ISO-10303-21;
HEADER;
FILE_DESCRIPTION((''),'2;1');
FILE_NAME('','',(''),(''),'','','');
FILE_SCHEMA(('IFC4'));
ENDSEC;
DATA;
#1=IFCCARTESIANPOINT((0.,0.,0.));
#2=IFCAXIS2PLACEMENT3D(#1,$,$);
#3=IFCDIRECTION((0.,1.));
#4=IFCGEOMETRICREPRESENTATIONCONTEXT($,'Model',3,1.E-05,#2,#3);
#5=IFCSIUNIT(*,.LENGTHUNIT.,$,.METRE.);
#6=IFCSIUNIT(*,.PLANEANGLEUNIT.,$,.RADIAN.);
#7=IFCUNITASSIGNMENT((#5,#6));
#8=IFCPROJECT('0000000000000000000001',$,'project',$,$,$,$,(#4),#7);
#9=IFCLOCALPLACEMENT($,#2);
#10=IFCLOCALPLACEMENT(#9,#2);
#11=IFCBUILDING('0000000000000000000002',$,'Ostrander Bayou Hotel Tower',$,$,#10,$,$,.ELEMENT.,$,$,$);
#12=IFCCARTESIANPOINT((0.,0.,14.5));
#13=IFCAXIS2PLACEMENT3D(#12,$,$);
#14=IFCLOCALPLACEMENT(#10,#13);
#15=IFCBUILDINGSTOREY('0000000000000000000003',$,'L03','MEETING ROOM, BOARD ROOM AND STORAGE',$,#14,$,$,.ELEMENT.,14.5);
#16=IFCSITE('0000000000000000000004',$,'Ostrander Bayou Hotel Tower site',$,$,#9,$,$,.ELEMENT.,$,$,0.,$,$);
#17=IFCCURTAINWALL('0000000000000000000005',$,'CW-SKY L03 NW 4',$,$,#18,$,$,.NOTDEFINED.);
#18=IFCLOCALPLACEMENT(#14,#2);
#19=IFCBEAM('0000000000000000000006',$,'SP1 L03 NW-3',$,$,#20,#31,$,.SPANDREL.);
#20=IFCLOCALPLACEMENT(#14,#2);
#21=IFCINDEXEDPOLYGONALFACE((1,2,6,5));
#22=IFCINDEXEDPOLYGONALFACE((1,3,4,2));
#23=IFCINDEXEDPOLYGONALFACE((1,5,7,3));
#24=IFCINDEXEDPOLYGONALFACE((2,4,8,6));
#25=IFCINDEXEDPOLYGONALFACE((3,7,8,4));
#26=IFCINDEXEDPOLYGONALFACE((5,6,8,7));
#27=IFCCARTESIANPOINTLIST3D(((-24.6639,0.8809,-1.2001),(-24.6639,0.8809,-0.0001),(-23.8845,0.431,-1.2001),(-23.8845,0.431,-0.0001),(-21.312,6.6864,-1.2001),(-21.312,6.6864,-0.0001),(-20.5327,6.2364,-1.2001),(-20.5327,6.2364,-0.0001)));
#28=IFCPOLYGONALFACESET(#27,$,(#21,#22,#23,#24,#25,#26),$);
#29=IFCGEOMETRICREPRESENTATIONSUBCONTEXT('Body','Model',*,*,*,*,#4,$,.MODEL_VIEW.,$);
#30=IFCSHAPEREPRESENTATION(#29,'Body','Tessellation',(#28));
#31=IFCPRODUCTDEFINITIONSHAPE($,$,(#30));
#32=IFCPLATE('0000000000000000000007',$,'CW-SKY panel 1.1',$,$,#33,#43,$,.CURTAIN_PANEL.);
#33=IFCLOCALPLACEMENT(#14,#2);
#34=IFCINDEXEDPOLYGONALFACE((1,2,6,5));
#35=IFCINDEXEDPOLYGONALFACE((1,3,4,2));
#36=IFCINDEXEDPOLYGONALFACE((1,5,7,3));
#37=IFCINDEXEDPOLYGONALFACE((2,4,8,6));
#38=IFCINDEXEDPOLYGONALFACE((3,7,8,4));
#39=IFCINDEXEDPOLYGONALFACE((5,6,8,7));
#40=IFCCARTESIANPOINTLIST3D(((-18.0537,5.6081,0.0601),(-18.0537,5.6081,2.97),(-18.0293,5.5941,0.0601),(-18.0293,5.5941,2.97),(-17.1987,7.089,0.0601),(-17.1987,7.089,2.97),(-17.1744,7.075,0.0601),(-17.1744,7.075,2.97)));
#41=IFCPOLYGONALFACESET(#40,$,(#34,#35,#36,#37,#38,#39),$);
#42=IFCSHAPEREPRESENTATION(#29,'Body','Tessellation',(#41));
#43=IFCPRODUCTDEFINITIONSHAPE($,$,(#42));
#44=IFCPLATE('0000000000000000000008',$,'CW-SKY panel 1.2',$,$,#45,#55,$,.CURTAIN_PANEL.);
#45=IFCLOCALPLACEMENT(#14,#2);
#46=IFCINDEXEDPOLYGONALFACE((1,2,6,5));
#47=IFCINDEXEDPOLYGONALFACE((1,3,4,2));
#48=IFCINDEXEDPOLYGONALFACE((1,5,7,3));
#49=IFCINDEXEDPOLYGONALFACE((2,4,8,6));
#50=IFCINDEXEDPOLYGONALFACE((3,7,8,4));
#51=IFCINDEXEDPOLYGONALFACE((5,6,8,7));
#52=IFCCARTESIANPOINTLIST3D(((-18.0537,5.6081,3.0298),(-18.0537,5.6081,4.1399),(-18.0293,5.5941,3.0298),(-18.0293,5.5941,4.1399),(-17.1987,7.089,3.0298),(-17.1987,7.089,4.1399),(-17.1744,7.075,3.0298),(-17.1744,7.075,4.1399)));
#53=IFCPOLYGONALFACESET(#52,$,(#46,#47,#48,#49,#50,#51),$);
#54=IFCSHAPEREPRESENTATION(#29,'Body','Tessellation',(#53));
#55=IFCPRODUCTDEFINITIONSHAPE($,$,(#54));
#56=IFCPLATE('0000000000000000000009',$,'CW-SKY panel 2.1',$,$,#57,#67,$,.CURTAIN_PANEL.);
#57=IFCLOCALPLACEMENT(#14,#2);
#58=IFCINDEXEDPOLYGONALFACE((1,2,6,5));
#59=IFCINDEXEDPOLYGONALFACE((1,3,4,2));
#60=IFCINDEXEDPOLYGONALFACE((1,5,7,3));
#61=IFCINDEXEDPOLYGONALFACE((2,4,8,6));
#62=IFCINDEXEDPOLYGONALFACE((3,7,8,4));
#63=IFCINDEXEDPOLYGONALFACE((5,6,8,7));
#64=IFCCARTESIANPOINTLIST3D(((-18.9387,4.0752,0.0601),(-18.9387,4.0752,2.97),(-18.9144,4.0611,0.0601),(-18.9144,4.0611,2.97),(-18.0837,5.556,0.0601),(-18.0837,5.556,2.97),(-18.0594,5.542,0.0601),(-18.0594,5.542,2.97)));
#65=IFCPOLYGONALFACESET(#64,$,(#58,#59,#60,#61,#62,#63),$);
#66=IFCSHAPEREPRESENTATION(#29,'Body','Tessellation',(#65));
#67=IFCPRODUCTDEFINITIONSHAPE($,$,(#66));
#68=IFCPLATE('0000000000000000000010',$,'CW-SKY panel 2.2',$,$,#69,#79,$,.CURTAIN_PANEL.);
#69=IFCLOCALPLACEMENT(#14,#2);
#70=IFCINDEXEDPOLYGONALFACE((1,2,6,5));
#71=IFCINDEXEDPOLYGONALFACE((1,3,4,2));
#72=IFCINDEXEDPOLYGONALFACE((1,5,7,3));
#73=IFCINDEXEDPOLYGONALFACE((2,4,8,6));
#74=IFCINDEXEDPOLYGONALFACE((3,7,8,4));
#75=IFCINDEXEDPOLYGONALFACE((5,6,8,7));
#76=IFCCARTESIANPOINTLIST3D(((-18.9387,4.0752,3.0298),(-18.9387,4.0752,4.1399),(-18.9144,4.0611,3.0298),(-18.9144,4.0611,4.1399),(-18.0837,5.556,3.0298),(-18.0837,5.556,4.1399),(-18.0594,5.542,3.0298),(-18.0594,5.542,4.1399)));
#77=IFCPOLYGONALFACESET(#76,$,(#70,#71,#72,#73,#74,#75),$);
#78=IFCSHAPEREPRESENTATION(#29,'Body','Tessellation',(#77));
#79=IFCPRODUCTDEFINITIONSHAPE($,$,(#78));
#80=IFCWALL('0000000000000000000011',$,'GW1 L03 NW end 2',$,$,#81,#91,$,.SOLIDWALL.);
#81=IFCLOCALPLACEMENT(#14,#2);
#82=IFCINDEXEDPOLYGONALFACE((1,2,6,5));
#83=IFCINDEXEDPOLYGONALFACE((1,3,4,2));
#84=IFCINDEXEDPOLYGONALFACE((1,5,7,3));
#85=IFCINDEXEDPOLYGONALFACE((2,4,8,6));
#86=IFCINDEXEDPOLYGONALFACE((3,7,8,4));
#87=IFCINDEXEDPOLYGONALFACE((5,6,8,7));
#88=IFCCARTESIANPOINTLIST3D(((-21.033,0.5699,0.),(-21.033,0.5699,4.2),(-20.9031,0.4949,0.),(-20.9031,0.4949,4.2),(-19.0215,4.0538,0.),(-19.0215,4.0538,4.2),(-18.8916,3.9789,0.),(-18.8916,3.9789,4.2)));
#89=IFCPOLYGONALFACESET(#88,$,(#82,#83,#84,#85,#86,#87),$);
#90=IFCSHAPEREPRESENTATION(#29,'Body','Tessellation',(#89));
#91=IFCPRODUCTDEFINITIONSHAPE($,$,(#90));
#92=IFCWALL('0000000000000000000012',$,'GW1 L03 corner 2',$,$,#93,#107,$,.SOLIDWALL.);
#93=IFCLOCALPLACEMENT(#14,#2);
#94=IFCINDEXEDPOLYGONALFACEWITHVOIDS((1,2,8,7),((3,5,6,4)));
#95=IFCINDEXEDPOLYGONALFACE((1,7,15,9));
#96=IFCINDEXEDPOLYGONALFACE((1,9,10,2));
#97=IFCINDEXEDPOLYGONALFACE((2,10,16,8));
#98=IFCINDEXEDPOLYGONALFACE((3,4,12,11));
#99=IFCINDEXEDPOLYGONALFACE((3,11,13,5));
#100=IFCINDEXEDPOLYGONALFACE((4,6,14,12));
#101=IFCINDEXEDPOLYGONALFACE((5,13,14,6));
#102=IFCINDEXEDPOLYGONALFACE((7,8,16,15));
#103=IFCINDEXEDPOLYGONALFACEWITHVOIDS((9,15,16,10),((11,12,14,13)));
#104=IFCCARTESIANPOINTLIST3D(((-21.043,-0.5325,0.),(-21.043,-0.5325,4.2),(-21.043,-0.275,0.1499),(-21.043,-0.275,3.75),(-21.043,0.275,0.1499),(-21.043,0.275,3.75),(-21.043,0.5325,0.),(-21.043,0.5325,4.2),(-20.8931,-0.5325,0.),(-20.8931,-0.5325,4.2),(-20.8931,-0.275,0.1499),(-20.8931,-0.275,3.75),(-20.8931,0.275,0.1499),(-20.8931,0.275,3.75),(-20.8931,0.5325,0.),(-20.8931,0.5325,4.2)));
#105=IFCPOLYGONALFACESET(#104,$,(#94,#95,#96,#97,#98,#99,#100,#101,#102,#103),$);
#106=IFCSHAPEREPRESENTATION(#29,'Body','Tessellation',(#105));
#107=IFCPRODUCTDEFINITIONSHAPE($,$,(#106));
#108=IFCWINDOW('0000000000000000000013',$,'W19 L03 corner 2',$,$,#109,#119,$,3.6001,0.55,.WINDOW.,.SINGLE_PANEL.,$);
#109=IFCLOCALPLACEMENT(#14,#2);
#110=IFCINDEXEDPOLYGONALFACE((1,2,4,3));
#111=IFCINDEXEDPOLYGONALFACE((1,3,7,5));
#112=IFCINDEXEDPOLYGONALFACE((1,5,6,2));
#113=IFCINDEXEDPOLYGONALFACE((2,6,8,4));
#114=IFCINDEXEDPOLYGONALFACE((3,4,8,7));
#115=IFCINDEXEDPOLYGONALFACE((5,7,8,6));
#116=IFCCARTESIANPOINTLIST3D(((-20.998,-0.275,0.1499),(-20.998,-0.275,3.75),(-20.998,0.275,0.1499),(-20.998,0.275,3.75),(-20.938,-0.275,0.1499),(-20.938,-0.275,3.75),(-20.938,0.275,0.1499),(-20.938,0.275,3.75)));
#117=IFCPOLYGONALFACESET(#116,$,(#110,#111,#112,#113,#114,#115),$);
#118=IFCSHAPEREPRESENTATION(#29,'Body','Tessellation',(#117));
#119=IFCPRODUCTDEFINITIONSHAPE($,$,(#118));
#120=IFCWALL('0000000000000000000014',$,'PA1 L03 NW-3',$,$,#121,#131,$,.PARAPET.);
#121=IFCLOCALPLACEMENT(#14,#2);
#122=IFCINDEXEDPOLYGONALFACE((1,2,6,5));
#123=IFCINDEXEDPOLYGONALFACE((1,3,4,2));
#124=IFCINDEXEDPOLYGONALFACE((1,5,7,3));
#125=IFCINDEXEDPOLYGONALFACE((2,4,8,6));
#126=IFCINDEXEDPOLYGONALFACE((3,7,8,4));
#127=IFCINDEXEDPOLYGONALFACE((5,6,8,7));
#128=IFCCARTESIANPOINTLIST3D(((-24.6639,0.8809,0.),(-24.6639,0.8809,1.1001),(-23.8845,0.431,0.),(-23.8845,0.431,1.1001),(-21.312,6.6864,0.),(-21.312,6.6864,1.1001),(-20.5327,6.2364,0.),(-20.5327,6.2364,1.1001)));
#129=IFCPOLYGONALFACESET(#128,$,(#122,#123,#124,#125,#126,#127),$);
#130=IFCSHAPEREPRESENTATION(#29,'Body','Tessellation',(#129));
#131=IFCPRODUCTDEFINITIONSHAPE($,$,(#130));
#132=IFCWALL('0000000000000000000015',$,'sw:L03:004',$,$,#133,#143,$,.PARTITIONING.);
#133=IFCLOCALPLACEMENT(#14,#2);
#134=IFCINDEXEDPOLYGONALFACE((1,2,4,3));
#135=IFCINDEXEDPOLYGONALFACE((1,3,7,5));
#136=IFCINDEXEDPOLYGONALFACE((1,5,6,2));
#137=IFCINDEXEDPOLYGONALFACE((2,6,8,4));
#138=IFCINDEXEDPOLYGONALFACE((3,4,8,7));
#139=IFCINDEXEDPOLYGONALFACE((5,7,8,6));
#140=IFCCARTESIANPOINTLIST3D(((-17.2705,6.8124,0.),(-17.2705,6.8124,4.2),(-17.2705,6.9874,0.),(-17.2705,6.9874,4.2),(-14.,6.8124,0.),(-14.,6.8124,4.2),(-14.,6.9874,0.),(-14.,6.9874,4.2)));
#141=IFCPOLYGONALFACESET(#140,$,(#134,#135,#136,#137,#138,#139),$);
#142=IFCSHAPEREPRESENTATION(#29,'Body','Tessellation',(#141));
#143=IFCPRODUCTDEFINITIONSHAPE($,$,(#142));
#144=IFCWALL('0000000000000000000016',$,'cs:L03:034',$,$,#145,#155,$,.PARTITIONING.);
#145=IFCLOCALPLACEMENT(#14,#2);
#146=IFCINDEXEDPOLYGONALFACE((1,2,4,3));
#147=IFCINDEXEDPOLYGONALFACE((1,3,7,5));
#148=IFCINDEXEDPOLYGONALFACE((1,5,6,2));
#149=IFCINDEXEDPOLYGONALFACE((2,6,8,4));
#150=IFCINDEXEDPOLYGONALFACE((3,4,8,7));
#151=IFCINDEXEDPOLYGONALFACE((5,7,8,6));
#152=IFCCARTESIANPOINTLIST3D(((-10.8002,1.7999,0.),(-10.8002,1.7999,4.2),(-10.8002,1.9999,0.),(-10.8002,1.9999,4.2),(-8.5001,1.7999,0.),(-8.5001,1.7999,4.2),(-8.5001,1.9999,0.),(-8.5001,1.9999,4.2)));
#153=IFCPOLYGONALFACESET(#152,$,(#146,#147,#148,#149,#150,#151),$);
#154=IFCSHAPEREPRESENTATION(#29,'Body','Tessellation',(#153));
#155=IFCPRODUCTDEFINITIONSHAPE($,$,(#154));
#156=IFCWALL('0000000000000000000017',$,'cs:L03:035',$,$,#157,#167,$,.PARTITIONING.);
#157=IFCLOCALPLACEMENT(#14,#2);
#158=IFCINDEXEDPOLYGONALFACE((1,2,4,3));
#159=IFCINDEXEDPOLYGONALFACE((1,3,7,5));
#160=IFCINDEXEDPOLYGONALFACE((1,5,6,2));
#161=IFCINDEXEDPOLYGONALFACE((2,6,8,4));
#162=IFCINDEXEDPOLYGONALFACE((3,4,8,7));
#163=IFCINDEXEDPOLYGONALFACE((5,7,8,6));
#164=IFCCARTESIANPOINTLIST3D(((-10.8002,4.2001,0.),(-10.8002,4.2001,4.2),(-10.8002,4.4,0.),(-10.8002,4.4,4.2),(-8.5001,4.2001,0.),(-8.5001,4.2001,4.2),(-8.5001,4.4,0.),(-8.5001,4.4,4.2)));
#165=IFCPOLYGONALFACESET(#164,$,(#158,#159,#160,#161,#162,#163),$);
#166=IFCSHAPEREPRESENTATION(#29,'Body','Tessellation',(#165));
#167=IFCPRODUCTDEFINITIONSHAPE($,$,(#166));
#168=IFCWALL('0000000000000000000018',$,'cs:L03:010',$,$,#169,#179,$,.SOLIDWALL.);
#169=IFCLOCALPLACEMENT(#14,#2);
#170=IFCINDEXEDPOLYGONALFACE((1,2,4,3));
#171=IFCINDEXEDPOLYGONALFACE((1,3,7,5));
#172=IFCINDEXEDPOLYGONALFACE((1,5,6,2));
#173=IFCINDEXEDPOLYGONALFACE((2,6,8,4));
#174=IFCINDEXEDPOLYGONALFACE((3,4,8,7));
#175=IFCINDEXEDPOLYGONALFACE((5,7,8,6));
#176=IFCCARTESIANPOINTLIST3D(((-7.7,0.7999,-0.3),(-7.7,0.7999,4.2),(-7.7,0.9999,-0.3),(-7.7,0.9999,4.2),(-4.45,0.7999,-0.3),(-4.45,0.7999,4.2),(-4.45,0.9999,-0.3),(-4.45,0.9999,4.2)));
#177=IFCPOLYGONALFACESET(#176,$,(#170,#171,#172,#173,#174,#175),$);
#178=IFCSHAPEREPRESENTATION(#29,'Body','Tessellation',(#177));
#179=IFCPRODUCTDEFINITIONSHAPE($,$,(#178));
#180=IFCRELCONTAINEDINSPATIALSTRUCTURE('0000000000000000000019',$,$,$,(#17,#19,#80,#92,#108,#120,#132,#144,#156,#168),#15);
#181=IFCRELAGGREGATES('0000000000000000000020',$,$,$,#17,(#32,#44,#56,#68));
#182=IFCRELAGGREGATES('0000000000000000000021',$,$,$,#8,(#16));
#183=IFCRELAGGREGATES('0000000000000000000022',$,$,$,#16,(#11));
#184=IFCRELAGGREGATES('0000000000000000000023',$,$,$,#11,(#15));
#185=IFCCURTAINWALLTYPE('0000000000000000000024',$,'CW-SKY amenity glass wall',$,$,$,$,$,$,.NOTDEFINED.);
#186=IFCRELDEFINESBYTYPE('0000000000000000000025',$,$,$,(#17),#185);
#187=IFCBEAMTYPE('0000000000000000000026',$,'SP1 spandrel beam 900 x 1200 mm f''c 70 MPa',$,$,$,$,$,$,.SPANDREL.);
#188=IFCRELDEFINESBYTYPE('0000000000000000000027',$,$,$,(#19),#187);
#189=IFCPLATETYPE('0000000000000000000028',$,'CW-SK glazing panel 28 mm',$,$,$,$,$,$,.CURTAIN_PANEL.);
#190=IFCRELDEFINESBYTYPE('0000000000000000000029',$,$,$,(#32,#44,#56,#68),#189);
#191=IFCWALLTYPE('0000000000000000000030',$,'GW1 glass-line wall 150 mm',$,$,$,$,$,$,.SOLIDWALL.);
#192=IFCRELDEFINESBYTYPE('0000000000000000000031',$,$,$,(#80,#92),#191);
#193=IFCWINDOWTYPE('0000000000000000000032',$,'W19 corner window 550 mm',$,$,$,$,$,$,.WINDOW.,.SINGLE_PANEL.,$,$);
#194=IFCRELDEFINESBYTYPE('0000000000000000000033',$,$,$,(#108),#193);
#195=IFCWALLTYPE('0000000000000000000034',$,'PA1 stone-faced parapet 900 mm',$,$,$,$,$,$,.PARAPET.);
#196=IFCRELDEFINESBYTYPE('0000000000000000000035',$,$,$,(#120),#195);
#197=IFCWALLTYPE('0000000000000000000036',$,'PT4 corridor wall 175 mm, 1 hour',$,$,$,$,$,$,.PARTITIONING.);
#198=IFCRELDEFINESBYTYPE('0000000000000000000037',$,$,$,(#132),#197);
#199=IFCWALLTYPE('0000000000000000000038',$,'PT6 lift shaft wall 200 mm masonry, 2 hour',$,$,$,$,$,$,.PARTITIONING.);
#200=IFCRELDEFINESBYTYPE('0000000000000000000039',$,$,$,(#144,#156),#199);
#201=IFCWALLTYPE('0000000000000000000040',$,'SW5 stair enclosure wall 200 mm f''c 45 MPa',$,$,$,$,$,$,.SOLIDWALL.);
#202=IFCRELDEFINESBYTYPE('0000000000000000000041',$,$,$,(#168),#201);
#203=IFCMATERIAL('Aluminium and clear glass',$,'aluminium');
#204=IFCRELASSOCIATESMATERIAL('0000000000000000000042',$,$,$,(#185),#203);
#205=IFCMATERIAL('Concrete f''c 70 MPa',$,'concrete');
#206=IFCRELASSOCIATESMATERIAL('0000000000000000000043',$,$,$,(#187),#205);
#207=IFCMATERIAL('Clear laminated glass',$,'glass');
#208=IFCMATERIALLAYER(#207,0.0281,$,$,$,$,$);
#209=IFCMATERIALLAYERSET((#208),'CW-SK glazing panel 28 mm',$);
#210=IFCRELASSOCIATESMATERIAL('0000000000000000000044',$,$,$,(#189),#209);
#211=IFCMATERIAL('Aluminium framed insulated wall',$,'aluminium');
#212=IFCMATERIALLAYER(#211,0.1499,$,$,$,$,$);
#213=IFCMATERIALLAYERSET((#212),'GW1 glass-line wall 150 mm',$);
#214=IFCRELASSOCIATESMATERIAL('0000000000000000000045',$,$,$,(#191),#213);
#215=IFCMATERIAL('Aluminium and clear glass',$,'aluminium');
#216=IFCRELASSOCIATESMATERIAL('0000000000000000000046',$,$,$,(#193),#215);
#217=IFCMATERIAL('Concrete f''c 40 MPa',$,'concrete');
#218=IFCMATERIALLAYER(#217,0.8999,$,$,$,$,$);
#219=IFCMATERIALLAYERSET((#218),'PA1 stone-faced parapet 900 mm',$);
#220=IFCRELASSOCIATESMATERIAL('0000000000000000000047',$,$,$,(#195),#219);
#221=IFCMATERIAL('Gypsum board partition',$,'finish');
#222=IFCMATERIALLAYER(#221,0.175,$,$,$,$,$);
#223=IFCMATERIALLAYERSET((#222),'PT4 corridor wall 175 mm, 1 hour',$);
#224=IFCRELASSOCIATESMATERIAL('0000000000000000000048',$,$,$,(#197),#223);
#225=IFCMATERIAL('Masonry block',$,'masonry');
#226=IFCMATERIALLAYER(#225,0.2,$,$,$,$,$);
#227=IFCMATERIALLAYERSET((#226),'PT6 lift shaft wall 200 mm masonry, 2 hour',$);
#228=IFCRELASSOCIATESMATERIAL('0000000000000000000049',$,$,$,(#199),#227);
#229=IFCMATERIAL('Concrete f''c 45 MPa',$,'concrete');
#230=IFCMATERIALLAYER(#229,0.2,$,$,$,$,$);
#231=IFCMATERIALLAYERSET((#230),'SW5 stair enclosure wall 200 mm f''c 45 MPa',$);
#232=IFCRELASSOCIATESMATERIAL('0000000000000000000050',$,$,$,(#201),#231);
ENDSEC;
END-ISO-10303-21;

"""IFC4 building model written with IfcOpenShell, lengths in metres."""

from ifc_helpers import new_model, si_unit, direction, frame, frame_2d, origin, origin_2d, place, context, subcontext, project, spatial, rectangle, extrude, material, layer, layer_set, material_profile, profile_set, type_object, element, fill, aggregate, save


model = new_model("IFC4")

# Units and contexts
model_context = context("Model", 3, precision=1e-05, world=origin(), true_north=direction((0.0, 1.0)))
body_context = subcontext(model_context, "Body", "Model", "MODEL_VIEW")
ifc_project = project(units=[si_unit("LENGTHUNIT", "METRE"), si_unit("PLANEANGLEUNIT", "RADIAN")], contexts=[model_context])

# Site, building, storey
site_placement = place(None, origin())
site = spatial("IfcSite", under=ifc_project, at=site_placement, Name="Ostrander Bayou Hotel Tower site", CompositionType="ELEMENT", RefElevation=0.0)
building_placement = place(site_placement, origin())
building = spatial("IfcBuilding", under=site, at=building_placement, Name="Ostrander Bayou Hotel Tower", CompositionType="ELEMENT")
storey_placement = place(building_placement, frame((0.0, 0.0, 14.5)))
storey = spatial("IfcBuildingStorey", under=building, at=storey_placement, Name="L03", Description="MEETING ROOM, BOARD ROOM AND STORAGE", CompositionType="ELEMENT", Elevation=14.5)

# Curtain wall
ifc_material_1 = material(Name="Aluminium and clear glass", Category="aluminium")
curtain_wall_type = type_object("IfcCurtainWallType", Name="CW-SKY amenity glass wall", PredefinedType="NOTDEFINED", material=ifc_material_1)
curtain_wall_placement = place(storey_placement, origin())
curtain_wall = element("IfcCurtainWall", 1, at=curtain_wall_placement, inside=storey, type_object=curtain_wall_type, Name="CW-SKY L03 NW 4", PredefinedType="NOTDEFINED")

# Beam
ifc_material_2 = material(Name="Concrete f'c 70 MPa", Category="concrete")
ifc_material_profile_1 = material_profile(ifc_material_2, rectangle(XDim=0.8999, YDim=1.2, at=origin_2d()))
ifc_profile_set_1 = profile_set([ifc_material_profile_1], Name="Concrete f'c 70 MPa")
beam_type_1 = type_object("IfcBeamType", Name="SP1 spandrel beam 900 x 1200 mm f'c 70 MPa", PredefinedType="SPANDREL", material=ifc_profile_set_1)
beam_1_placement = place(storey_placement, frame((-20.9224, 6.4614, -0.6001), z_axis=(-0.500005, -0.866022, 0.0), x_axis=(0.866022, -0.500005, 0.0)))
element("IfcBeam", 2, at=beam_1_placement, inside=storey, type_object=beam_type_1, Name="SP1 L03 NW-3", PredefinedType="SPANDREL", context=body_context, shape_type="SweptSolid", body=[
    extrude(rectangle(XDim=0.8999, YDim=1.2, at=origin_2d()), origin(), (0.0, 0.0, 1.0), 6.7036),
])

# Plates
ifc_material_3 = material(Name="Clear laminated glass", Category="glass")
ifc_layer_1 = layer(ifc_material_3, 0.0281)
ifc_layer_set_1 = layer_set([ifc_layer_1], Name="CW-SK glazing panel 28 mm")
plate_type = type_object("IfcPlateType", Name="CW-SK glazing panel 28 mm", PredefinedType="CURTAIN_PANEL", material=ifc_layer_set_1)
plate_1_placement = place(storey_placement, frame((-17.614, 6.3416, 0.0601), z_axis=(0.0, 0.0, 1.0), x_axis=(-0.499999, -0.866026, 0.0)))
plate_1 = element("IfcPlate", 3, at=plate_1_placement, type_object=plate_type, Name="CW-SKY panel 1.1", PredefinedType="CURTAIN_PANEL", context=body_context, shape_type="SweptSolid", body=[
    extrude(rectangle(XDim=1.71, YDim=0.0281, at=origin_2d()), origin(), (0.0, 0.0, 1.0), 2.9099),
])
plate_2_placement = place(storey_placement, frame((-17.614, 6.3416, 3.0298), z_axis=(0.0, 0.0, 1.0), x_axis=(-0.499999, -0.866026, 0.0)))
plate_2 = element("IfcPlate", 4, at=plate_2_placement, type_object=plate_type, Name="CW-SKY panel 1.2", PredefinedType="CURTAIN_PANEL", context=body_context, shape_type="SweptSolid", body=[
    extrude(rectangle(XDim=1.71, YDim=0.0281, at=origin_2d()), origin(), (0.0, 0.0, 1.0), 1.1101),
])
plate_3_placement = place(storey_placement, frame((-18.499, 4.8086, 0.0601), z_axis=(0.0, 0.0, 1.0), x_axis=(-0.499999, -0.866026, 0.0)))
plate_3 = element("IfcPlate", 5, at=plate_3_placement, type_object=plate_type, Name="CW-SKY panel 2.1", PredefinedType="CURTAIN_PANEL", context=body_context, shape_type="SweptSolid", body=[
    extrude(rectangle(XDim=1.71, YDim=0.0281, at=origin_2d()), origin(), (0.0, 0.0, 1.0), 2.9099),
])
plate_4_placement = place(storey_placement, frame((-18.499, 4.8086, 3.0298), z_axis=(0.0, 0.0, 1.0), x_axis=(-0.499999, -0.866026, 0.0)))
plate_4 = element("IfcPlate", 6, at=plate_4_placement, type_object=plate_type, Name="CW-SKY panel 2.2", PredefinedType="CURTAIN_PANEL", context=body_context, shape_type="SweptSolid", body=[
    extrude(rectangle(XDim=1.71, YDim=0.0281, at=origin_2d()), origin(), (0.0, 0.0, 1.0), 1.1101),
])
aggregate(curtain_wall, [plate_1, plate_2, plate_3, plate_4])

# Wall
ifc_material_4 = material(Name="Aluminium framed insulated wall", Category="aluminium")
ifc_layer_2 = layer(ifc_material_4, 0.1499)
ifc_layer_set_2 = layer_set([ifc_layer_2], Name="GW1 glass-line wall 150 mm")
wall_type_1 = type_object("IfcWallType", Name="GW1 glass-line wall 150 mm", PredefinedType="SOLIDWALL", material=ifc_layer_set_2)
wall_1_placement = place(storey_placement, frame((-18.9565, 4.0164, 0.0), z_axis=(0.0, 0.0, 1.0), x_axis=(-0.50001, -0.86602, 0.0)))
element("IfcWall", 7, at=wall_1_placement, inside=storey, type_object=wall_type_1, Name="GW1 L03 NW end 2", PredefinedType="SOLIDWALL", context=body_context, shape_type="SweptSolid", body=[
    extrude(rectangle(XDim=4.0229, YDim=0.1499, at=frame_2d((2.0115, 0.0))), origin(), (0.0, 0.0, 1.0), 4.2),
])

# Wall, opening, window
wall_2_placement = place(storey_placement, frame((-20.968, 0.5325, 0.0), z_axis=(0.0, 0.0, 1.0), x_axis=(0.0, -1.0, 0.0)))
wall_2 = element("IfcWall", 8, at=wall_2_placement, inside=storey, type_object=wall_type_1, Name="GW1 L03 corner 2", PredefinedType="SOLIDWALL", context=body_context, shape_type="SweptSolid", body=[
    extrude(rectangle(XDim=1.0649, YDim=0.1499, at=frame_2d((0.5325, 0.0))), origin(), (0.0, 0.0, 1.0), 4.2),
])
opening_1_placement = place(wall_2_placement, frame((0.2576, 0.0, 0.1499)))
opening_1 = element("IfcOpeningElement", 9, at=opening_1_placement, cuts=wall_2, PredefinedType="OPENING", context=body_context, shape_type="SweptSolid", body=[
    extrude(rectangle(XDim=0.55, YDim=3.6001, at=frame_2d((0.2749, 1.8))), frame((0.0, 0.075, 0.0), z_axis=(0.0, -1.0, 0.0), x_axis=(1.0, 0.0, 0.0)), (0.0, 0.0, 1.0), 0.1499),
])
ifc_material_5 = material(Name="Aluminium and clear glass", Category="aluminium")
window_type = type_object("IfcWindowType", Name="W19 corner window 550 mm", PartitioningType="SINGLE_PANEL", PredefinedType="WINDOW", material=ifc_material_5)
window_placement = place(opening_1_placement, origin())
window = element("IfcWindow", 10, at=window_placement, inside=storey, type_object=window_type, Name="W19 L03 corner 2", OverallHeight=3.6001, OverallWidth=0.55, PartitioningType="SINGLE_PANEL", PredefinedType="WINDOW", context=body_context, shape_type="SweptSolid", body=[
    extrude(rectangle(XDim=0.55, YDim=3.6001, at=frame_2d((0.2749, 1.8))), frame((0.0, 0.03, 0.0), z_axis=(0.0, -1.0, 0.0), x_axis=(1.0, 0.0, 0.0)), (0.0, 0.0, 1.0), 0.0601),
])
fill(opening_1, window)

# Wall
ifc_material_6 = material(Name="Concrete f'c 40 MPa", Category="concrete")
ifc_layer_3 = layer(ifc_material_6, 0.8999)
ifc_layer_set_3 = layer_set([ifc_layer_3], Name="PA1 stone-faced parapet 900 mm")
wall_type_2 = type_object("IfcWallType", Name="PA1 stone-faced parapet 900 mm", PredefinedType="PARAPET", material=ifc_layer_set_3)
wall_3_placement = place(storey_placement, frame((-20.9224, 6.4614, 0.0), z_axis=(0.0, 0.0, 1.0), x_axis=(-0.500005, -0.866022, 0.0)))
element("IfcWall", 11, at=wall_3_placement, inside=storey, type_object=wall_type_2, Name="PA1 L03 NW-3", PredefinedType="PARAPET", context=body_context, shape_type="SweptSolid", body=[
    extrude(rectangle(XDim=6.7036, YDim=0.8999, at=frame_2d((3.3518, 0.0))), origin(), (0.0, 0.0, 1.0), 1.1001),
])

# Shared definitions
ifc_material_7 = material(Name="Gypsum board partition", Category="finish")
ifc_layer_4 = layer(ifc_material_7, 0.175)
ifc_layer_set_4 = layer_set([ifc_layer_4], Name="PT4 corridor wall 175 mm, 1 hour")
wall_type_3 = type_object("IfcWallType", Name="PT4 corridor wall 175 mm, 1 hour", PredefinedType="PARTITIONING", material=ifc_layer_set_4)

# Walls
wall_4_placement = place(storey_placement, frame((-17.2705, 6.8999, 0.0), z_axis=(0.0, 0.0, 1.0), x_axis=(1.0, 0.0, 0.0)))
element("IfcWall", 12, at=wall_4_placement, inside=storey, type_object=wall_type_3, Name="sw:L03:004", PredefinedType="PARTITIONING", context=body_context, shape_type="SweptSolid", body=[
    extrude(rectangle(XDim=3.2705, YDim=0.175, at=frame_2d((1.6353, 0.0))), origin(), (0.0, 0.0, 1.0), 4.2),
])
ifc_material_8 = material(Name="Masonry block", Category="masonry")
ifc_layer_5 = layer(ifc_material_8, 0.2)
ifc_layer_set_5 = layer_set([ifc_layer_5], Name="PT6 lift shaft wall 200 mm masonry, 2 hour")
wall_type_4 = type_object("IfcWallType", Name="PT6 lift shaft wall 200 mm masonry, 2 hour", PredefinedType="PARTITIONING", material=ifc_layer_set_5)
for number, where, z_axis, x_axis, name in (
    (13, (-10.8, 1.8999, 0.0), (0.0, 0.0, 1.0), (1.0, 0.0, 0.0), "cs:L03:034"),
    (14, (-10.8, 4.3, 0.0), (0.0, 0.0, 1.0), (1.0, 0.0, 0.0), "cs:L03:035"),
):
    element("IfcWall", number, at=place(storey_placement, frame(where, z_axis=z_axis, x_axis=x_axis)), inside=storey, type_object=wall_type_4, Name=name, PredefinedType="PARTITIONING", context=body_context, shape_type="SweptSolid", body=[
        extrude(rectangle(XDim=2.3, YDim=0.2, at=frame_2d((1.1499, 0.0))), origin(), (0.0, 0.0, 1.0), 4.2),
    ])
ifc_material_9 = material(Name="Concrete f'c 45 MPa", Category="concrete")
ifc_layer_6 = layer(ifc_material_9, 0.2)
ifc_layer_set_6 = layer_set([ifc_layer_6], Name="SW5 stair enclosure wall 200 mm f'c 45 MPa")
wall_type_5 = type_object("IfcWallType", Name="SW5 stair enclosure wall 200 mm f'c 45 MPa", PredefinedType="SOLIDWALL", material=ifc_layer_set_6)
wall_5_placement = place(storey_placement, frame((-7.7, 0.8999, -0.3), z_axis=(0.0, 0.0, 1.0), x_axis=(1.0, 0.0, 0.0)))
element("IfcWall", 15, at=wall_5_placement, inside=storey, type_object=wall_type_5, Name="cs:L03:010", PredefinedType="SOLIDWALL", context=body_context, shape_type="SweptSolid", body=[
    extrude(rectangle(XDim=3.25, YDim=0.2, at=frame_2d((1.625, 0.0))), origin(), (0.0, 0.0, 1.0), 4.5),
])

save(model, "model.ifc")
